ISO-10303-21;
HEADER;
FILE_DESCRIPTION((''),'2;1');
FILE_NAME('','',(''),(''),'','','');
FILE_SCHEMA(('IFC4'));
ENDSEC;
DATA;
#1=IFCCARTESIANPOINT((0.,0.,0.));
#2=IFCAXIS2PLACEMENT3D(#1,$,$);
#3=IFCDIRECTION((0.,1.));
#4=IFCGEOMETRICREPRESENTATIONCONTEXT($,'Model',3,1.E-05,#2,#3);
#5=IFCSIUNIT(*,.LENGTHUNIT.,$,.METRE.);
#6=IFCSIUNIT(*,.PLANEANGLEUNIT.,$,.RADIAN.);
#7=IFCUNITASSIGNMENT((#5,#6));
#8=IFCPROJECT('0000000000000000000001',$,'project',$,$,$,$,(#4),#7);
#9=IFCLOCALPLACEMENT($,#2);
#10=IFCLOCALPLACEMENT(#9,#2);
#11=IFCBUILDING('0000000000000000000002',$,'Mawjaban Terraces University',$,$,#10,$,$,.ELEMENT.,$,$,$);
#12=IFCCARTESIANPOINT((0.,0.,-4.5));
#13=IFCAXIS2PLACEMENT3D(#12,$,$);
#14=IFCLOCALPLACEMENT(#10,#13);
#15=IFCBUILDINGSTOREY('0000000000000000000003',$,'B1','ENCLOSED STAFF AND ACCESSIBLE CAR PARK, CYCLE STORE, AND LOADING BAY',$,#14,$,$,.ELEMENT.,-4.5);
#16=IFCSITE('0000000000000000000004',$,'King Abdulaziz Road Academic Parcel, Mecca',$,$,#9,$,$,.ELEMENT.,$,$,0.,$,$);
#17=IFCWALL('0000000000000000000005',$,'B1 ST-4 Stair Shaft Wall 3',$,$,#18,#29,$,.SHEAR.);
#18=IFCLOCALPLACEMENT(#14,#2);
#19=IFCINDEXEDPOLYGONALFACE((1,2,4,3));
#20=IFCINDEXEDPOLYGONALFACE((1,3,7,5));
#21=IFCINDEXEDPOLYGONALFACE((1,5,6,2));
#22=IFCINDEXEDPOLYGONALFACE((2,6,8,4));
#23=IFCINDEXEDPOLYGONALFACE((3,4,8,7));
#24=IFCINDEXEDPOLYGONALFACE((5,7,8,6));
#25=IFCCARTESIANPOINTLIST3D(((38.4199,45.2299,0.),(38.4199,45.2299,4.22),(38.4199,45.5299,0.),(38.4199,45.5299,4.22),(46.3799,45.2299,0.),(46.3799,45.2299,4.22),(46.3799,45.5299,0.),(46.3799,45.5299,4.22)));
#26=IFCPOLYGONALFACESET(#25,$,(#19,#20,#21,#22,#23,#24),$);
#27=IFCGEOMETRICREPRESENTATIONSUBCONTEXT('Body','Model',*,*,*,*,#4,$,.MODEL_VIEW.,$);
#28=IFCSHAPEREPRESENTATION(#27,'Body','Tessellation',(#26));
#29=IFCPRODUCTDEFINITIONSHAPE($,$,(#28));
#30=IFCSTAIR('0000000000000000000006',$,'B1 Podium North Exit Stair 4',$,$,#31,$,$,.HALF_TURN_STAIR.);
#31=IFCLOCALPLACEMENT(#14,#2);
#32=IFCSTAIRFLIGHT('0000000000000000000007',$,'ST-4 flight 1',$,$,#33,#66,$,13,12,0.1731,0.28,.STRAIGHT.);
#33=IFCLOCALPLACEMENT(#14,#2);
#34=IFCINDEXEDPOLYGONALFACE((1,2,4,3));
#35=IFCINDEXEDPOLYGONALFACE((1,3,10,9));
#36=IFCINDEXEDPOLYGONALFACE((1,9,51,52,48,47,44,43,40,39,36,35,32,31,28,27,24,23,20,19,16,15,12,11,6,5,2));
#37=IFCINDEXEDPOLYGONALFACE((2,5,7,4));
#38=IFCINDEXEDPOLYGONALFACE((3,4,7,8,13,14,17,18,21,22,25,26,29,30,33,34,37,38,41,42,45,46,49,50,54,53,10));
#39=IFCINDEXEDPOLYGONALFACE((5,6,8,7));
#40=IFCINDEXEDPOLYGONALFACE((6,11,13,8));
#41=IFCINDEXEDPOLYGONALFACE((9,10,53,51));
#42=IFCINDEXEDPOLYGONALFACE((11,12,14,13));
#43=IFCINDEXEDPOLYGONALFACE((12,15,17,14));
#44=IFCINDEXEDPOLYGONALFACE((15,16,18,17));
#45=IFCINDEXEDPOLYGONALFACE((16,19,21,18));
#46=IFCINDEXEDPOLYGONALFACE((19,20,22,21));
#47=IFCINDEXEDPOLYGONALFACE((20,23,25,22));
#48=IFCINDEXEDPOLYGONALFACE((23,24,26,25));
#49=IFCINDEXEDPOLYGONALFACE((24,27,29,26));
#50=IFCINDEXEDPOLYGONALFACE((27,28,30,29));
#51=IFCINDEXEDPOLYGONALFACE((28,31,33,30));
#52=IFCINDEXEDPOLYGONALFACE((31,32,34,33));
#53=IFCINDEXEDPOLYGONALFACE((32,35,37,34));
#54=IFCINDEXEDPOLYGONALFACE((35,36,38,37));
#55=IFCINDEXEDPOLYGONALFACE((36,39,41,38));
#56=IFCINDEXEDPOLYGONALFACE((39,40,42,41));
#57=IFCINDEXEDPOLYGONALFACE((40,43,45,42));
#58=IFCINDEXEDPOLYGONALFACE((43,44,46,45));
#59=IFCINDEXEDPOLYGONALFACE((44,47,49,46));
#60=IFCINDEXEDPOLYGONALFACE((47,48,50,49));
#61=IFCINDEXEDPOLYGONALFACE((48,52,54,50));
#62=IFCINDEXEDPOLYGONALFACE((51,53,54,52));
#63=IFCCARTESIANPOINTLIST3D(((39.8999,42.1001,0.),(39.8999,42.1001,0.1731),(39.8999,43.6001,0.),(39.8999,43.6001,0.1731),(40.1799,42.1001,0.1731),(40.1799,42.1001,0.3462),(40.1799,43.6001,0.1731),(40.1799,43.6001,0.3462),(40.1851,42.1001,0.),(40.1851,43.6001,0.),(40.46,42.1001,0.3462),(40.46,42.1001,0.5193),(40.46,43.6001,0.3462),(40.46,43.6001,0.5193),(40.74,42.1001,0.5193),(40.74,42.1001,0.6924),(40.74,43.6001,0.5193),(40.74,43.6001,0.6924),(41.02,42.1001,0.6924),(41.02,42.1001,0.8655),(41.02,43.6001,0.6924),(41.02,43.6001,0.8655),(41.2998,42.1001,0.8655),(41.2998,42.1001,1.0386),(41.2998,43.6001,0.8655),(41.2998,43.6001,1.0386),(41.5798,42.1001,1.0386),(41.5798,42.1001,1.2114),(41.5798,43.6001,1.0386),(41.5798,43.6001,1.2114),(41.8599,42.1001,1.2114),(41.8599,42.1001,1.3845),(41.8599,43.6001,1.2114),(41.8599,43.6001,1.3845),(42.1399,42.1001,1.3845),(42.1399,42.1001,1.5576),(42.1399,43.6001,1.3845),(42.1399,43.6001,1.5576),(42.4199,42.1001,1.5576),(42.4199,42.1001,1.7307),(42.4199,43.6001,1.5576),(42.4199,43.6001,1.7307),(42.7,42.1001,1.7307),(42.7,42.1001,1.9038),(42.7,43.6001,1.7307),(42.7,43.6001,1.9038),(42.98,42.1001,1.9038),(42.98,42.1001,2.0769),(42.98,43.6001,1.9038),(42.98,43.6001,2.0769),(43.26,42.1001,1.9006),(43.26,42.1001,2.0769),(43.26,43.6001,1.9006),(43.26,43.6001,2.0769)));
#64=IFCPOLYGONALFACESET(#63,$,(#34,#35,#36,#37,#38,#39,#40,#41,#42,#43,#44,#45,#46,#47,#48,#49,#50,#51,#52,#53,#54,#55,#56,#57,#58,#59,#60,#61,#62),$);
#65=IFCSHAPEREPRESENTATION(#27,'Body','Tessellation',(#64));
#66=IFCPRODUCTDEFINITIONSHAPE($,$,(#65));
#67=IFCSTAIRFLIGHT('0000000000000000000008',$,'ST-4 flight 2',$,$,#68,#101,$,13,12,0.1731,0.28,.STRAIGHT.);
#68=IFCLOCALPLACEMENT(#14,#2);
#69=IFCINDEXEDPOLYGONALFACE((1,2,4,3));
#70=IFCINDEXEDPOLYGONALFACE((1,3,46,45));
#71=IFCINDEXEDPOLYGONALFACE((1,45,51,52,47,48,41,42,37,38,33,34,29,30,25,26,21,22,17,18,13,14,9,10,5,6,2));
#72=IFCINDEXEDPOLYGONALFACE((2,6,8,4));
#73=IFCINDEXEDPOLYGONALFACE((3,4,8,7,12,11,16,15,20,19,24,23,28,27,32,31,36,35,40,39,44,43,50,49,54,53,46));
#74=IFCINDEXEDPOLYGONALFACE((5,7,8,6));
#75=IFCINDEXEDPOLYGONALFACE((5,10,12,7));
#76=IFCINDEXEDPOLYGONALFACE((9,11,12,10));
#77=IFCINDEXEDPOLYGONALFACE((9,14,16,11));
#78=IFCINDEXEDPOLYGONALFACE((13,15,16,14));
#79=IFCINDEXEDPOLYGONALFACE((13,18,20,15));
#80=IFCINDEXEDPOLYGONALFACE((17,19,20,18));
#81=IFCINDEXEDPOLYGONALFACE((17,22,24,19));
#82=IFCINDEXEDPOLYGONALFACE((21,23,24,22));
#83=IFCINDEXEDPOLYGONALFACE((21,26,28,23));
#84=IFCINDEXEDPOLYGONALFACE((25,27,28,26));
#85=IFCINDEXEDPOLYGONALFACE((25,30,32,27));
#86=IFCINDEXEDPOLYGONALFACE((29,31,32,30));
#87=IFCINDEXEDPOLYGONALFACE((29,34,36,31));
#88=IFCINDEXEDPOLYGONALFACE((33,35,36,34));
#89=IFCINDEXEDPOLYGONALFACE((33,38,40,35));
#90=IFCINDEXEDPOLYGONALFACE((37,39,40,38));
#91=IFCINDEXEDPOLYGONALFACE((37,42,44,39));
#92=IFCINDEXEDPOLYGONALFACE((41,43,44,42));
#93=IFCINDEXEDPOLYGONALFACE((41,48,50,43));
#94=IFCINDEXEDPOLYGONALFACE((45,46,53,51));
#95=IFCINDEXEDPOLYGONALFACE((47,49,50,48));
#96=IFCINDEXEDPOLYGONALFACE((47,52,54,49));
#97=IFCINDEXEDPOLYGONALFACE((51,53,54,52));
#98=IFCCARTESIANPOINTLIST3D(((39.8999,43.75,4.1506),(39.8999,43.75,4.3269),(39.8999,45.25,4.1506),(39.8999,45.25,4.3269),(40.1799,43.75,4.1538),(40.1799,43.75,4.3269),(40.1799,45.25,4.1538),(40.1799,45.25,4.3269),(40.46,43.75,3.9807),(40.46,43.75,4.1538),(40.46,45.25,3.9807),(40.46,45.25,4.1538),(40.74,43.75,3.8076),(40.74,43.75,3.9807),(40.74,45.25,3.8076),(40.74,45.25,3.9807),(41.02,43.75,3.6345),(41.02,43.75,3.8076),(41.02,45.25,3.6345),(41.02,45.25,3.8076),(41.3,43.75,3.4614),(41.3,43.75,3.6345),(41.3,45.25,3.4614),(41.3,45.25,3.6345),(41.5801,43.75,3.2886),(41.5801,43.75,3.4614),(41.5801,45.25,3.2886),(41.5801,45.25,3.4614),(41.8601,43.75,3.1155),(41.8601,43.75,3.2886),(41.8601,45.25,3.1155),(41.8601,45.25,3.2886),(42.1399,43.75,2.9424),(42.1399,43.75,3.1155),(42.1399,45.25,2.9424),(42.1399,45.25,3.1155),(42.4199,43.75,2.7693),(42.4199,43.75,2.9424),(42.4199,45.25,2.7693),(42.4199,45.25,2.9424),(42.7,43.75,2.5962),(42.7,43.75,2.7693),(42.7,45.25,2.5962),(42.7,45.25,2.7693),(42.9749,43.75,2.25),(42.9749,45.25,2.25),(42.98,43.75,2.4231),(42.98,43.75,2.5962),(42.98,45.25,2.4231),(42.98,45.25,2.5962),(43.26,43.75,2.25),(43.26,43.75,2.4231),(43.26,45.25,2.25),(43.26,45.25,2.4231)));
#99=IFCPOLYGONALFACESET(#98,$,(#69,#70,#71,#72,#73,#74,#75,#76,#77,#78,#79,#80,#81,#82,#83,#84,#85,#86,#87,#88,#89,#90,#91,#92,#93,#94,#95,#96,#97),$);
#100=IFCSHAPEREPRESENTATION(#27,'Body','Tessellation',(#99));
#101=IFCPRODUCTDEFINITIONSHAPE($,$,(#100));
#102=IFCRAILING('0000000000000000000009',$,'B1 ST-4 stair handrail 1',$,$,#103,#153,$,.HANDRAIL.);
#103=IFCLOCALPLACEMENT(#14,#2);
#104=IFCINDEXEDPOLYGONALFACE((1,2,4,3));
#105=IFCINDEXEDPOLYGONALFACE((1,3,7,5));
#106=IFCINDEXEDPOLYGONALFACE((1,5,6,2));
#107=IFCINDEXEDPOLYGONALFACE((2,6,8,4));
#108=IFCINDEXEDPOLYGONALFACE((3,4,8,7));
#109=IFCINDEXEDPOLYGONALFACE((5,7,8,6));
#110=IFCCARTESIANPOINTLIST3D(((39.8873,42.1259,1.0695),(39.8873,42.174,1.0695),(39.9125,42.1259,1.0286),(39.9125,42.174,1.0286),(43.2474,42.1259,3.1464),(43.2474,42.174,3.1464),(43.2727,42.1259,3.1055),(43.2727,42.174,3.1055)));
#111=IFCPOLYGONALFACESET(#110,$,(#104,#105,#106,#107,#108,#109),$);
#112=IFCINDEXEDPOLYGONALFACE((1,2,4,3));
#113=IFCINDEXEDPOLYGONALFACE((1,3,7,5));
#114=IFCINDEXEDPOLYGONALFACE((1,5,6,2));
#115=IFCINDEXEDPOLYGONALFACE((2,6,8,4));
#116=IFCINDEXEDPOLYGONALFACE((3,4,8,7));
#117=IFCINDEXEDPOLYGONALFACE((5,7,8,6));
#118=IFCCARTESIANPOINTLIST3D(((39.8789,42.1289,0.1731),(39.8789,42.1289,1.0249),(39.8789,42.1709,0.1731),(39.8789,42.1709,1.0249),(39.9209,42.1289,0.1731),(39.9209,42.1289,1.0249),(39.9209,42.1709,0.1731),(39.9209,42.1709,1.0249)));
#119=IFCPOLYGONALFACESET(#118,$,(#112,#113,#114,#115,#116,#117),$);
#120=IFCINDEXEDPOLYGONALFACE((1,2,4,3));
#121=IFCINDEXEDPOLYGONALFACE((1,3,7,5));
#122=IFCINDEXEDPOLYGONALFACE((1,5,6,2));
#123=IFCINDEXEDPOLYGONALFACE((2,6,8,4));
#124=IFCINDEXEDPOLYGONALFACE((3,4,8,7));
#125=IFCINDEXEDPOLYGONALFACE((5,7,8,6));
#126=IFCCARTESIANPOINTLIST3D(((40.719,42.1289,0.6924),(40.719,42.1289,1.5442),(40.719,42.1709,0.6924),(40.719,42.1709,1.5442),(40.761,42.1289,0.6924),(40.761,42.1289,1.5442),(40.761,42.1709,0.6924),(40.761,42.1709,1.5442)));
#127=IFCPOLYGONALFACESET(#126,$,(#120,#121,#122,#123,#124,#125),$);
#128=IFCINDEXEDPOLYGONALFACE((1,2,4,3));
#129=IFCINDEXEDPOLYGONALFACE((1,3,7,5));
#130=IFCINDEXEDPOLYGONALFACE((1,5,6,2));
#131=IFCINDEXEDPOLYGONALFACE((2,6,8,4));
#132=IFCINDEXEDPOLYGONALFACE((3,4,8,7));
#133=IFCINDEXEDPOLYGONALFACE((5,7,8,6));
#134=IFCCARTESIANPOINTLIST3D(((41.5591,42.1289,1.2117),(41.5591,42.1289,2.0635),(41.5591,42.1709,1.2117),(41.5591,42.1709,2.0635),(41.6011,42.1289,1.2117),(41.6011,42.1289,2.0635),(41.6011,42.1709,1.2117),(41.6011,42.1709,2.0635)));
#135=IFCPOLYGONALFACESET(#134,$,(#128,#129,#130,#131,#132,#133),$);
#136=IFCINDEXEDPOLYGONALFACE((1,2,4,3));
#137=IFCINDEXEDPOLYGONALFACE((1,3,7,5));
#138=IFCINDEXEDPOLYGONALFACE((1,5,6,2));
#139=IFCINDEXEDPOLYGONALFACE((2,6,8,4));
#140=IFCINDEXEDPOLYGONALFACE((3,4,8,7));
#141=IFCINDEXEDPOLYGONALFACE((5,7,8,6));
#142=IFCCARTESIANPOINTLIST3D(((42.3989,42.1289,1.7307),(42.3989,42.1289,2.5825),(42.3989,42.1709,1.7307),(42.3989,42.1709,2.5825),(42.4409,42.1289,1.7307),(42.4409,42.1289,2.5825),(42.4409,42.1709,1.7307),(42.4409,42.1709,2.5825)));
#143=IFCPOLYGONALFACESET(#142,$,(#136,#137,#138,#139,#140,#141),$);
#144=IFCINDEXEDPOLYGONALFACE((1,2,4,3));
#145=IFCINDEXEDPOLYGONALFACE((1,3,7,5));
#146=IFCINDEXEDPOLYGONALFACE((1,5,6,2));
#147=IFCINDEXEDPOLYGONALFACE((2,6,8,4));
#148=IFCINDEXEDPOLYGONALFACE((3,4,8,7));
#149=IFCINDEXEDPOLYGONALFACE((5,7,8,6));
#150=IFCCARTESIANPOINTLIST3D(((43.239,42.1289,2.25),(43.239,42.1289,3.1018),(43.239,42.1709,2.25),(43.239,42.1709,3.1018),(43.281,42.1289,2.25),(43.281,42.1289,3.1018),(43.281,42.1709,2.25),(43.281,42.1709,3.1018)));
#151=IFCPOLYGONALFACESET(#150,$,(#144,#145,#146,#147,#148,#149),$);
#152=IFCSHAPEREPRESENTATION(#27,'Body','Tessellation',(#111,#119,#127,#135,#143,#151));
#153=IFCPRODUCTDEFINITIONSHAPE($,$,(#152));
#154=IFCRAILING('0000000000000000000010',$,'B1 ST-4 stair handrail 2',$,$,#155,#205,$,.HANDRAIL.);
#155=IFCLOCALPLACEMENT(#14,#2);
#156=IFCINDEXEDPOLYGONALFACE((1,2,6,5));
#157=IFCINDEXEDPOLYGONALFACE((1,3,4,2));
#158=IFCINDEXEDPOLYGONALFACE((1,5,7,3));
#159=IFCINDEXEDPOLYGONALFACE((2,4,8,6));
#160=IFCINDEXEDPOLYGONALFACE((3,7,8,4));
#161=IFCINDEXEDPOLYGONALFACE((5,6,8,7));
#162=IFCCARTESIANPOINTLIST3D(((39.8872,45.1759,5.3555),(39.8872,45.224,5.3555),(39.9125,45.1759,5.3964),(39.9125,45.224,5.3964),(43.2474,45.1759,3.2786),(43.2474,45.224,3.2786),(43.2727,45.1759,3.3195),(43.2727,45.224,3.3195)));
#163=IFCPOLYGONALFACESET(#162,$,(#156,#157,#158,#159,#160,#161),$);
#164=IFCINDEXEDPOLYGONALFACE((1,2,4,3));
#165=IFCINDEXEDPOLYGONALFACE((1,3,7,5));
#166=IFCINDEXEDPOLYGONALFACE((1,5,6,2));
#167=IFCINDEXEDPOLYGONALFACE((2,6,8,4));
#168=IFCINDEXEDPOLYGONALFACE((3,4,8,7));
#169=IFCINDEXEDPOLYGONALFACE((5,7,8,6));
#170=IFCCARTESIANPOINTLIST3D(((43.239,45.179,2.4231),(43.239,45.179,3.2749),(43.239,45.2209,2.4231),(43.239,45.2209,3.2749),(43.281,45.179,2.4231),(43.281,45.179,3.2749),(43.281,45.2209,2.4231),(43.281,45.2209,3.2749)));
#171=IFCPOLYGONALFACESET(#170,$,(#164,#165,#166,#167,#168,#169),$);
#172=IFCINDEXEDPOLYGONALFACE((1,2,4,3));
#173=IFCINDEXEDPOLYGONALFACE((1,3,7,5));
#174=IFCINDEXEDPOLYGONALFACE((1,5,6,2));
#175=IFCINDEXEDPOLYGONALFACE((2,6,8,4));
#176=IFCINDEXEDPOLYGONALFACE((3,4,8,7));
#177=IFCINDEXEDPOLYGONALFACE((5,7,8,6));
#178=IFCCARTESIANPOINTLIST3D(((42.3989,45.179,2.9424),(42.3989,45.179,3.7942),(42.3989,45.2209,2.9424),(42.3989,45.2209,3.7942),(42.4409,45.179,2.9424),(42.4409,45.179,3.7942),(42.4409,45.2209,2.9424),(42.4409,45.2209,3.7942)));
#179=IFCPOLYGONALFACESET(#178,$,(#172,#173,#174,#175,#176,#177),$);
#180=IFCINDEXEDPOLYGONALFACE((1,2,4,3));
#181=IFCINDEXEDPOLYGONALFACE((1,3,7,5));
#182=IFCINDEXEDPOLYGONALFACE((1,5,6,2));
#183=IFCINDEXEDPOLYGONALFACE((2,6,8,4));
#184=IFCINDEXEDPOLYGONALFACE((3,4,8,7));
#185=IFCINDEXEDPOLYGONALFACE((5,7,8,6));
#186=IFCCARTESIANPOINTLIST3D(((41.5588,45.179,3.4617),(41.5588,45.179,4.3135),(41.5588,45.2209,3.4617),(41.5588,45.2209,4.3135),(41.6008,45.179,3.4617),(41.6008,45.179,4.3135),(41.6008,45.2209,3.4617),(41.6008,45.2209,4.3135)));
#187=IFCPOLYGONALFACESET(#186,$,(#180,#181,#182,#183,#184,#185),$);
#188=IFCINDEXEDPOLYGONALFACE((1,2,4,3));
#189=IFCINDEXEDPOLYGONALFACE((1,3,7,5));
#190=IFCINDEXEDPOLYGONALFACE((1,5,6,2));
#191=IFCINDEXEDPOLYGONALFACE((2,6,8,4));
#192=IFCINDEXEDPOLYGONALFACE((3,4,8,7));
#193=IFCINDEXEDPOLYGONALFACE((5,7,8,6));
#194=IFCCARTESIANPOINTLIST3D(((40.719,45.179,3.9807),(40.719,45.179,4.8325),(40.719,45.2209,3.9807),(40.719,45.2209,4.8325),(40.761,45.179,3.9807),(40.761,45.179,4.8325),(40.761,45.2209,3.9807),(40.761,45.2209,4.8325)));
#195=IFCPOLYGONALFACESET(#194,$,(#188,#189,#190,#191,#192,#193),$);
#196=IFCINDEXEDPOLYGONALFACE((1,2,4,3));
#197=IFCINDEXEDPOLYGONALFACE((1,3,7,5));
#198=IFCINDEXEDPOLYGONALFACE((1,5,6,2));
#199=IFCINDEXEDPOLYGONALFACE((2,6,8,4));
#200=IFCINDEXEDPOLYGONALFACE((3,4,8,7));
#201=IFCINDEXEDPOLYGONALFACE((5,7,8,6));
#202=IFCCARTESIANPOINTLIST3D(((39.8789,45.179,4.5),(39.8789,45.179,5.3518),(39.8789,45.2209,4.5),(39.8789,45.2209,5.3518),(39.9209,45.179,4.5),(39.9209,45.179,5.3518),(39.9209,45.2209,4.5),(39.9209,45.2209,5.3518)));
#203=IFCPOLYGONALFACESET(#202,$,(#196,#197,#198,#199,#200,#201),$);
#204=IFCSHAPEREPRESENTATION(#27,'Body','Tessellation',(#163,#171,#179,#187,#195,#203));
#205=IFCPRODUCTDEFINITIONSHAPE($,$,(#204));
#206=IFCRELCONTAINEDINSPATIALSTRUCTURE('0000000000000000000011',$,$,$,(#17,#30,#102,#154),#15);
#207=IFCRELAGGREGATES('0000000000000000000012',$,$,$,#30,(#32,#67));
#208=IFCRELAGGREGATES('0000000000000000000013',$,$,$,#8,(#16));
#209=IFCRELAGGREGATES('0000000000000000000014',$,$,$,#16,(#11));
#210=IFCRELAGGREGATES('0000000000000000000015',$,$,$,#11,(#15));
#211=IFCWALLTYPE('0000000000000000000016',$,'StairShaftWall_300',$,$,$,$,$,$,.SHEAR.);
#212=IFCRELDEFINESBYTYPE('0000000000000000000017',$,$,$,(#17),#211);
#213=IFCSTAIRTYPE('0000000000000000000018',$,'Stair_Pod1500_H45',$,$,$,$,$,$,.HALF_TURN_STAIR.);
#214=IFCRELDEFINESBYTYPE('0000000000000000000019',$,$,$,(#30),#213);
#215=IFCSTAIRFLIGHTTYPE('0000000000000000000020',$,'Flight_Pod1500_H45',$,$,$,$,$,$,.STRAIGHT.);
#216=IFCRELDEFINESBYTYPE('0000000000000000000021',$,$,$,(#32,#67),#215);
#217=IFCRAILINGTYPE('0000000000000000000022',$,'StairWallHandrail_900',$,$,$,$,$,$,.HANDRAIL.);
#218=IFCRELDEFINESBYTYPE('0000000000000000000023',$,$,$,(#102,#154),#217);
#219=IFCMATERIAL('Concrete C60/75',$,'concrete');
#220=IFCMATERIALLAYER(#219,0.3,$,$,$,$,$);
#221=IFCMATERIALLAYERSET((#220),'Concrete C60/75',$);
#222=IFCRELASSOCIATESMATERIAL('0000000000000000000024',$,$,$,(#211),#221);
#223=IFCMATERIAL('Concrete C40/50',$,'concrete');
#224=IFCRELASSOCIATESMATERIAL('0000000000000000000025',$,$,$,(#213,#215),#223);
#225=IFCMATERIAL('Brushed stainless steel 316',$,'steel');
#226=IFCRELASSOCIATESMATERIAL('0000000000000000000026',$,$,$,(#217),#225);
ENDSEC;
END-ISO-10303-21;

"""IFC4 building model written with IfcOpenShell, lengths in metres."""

from ifc_helpers import new_model, si_unit, direction, frame, frame_2d, origin, origin_2d, place, context, subcontext, project, spatial, polyline, rectangle, outline, extrude, material, layer, layer_set, type_object, element, aggregate, save


model = new_model("IFC4")

# Units and contexts
model_context = context("Model", 3, precision=1e-05, world=origin(), true_north=direction((0.0, 1.0)))
body_context = subcontext(model_context, "Body", "Model", "MODEL_VIEW")
ifc_project = project(units=[si_unit("LENGTHUNIT", "METRE"), si_unit("PLANEANGLEUNIT", "RADIAN")], contexts=[model_context])

# Site, building, storey
site_placement = place(None, origin())
site = spatial("IfcSite", under=ifc_project, at=site_placement, Name="King Abdulaziz Road Academic Parcel, Mecca", CompositionType="ELEMENT", RefElevation=0.0)
building_placement = place(site_placement, origin())
building = spatial("IfcBuilding", under=site, at=building_placement, Name="Mawjaban Terraces University", CompositionType="ELEMENT")
storey_placement = place(building_placement, frame((0.0, 0.0, -4.5)))
storey = spatial("IfcBuildingStorey", under=building, at=storey_placement, Name="B1", Description="ENCLOSED STAFF AND ACCESSIBLE CAR PARK, CYCLE STORE, AND LOADING BAY", CompositionType="ELEMENT", Elevation=-4.5)

# Shared definitions
ifc_material_1 = material(Name="Concrete C40/50", Category="concrete")

# Wall
ifc_material_2 = material(Name="Concrete C60/75", Category="concrete")
ifc_layer_1 = layer(ifc_material_2, 0.3)
ifc_layer_set_1 = layer_set([ifc_layer_1], Name="Concrete C60/75")
wall_type_1 = type_object("IfcWallType", Name="StairShaftWall_300", PredefinedType="SHEAR", material=ifc_layer_set_1)
wall_1_placement = place(storey_placement, frame((46.3799, 45.3799, 0.0), z_axis=(0.0, 0.0, 1.0), x_axis=(-1.0, 0.0, 0.0)))
element("IfcWall", 1, at=wall_1_placement, inside=storey, type_object=wall_type_1, Name="B1 ST-4 Stair Shaft Wall 3", PredefinedType="SHEAR", context=body_context, shape_type="SweptSolid", body=[
    extrude(rectangle(XDim=7.96, YDim=0.3, at=frame_2d((3.98, 0.0))), origin(), (0.0, 0.0, 1.0), 4.22),
])

# Stair, stair flights
stair_type = type_object("IfcStairType", Name="Stair_Pod1500_H45", PredefinedType="HALF_TURN_STAIR", material=ifc_material_1)
stair_placement = place(storey_placement, origin())
stair = element("IfcStair", 2, at=stair_placement, inside=storey, type_object=stair_type, Name="B1 Podium North Exit Stair 4", PredefinedType="HALF_TURN_STAIR")
stair_flight_type = type_object("IfcStairFlightType", Name="Flight_Pod1500_H45", PredefinedType="STRAIGHT", material=ifc_material_1)
stair_flight_1_placement = place(storey_placement, frame((39.8999, 42.8501, 0.0), z_axis=(0.0, 0.0, 1.0), x_axis=(1.0, 0.0, 0.0)))
stair_flight_1 = element("IfcStairFlight", 3, at=stair_flight_1_placement, type_object=stair_flight_type, Name="ST-4 flight 1", NumberOfRisers=13, NumberOfTreads=12, PredefinedType="STRAIGHT", RiserHeight=0.1731, TreadLength=0.28, context=body_context, shape_type="SweptSolid", body=[
    extrude(outline(polyline([(0.0, 0.0), (0.0, 0.1731), (0.28, 0.1731), (0.28, 0.3462), (0.5601, 0.3462), (0.5601, 0.5193), (0.8401, 0.5193), (0.8401, 0.6924), (1.1201, 0.6924), (1.1201, 0.8655), (1.3999, 0.8655), (1.3999, 1.0386), (1.6799, 1.0386), (1.6799, 1.2114), (1.96, 1.2114), (1.96, 1.3845), (2.24, 1.3845), (2.24, 1.5576), (2.52, 1.5576), (2.52, 1.7307), (2.8, 1.7307), (2.8, 1.9038), (3.0801, 1.9038), (3.0801, 2.0769), (3.3601, 2.0769), (3.3601, 2.25), (3.3601, 1.9006), (0.2852, 0.0), (0.0, 0.0)])), frame((0.0, 0.75, 0.0), z_axis=(0.0, -1.0, 0.0), x_axis=(1.0, 0.0, 0.0)), (0.0, 0.0, 1.0), 1.5),
])
stair_flight_2_placement = place(storey_placement, frame((43.26, 44.5, 2.25), z_axis=(0.0, 0.0, 1.0), x_axis=(-1.0, 0.0, 0.0)))
stair_flight_2 = element("IfcStairFlight", 4, at=stair_flight_2_placement, type_object=stair_flight_type, Name="ST-4 flight 2", NumberOfRisers=13, NumberOfTreads=12, PredefinedType="STRAIGHT", RiserHeight=0.1731, TreadLength=0.28, context=body_context, shape_type="SweptSolid", body=[
    extrude(outline(polyline([(0.0, 0.0), (0.0, 0.1731), (0.28, 0.1731), (0.28, 0.3462), (0.5601, 0.3462), (0.5601, 0.5193), (0.8401, 0.5193), (0.8401, 0.6924), (1.1201, 0.6924), (1.1201, 0.8655), (1.3999, 0.8655), (1.3999, 1.0386), (1.6799, 1.0386), (1.6799, 1.2114), (1.96, 1.2114), (1.96, 1.3845), (2.24, 1.3845), (2.24, 1.5576), (2.52, 1.5576), (2.52, 1.7307), (2.8, 1.7307), (2.8, 1.9038), (3.0801, 1.9038), (3.0801, 2.0769), (3.3601, 2.0769), (3.3601, 2.25), (3.3601, 1.9006), (0.2852, 0.0), (0.0, 0.0)])), frame((0.0, 0.75, 0.0), z_axis=(0.0, -1.0, 0.0), x_axis=(1.0, 0.0, 0.0)), (0.0, 0.0, 1.0), 1.5),
])
aggregate(stair, [stair_flight_1, stair_flight_2])

# Railings
ifc_material_3 = material(Name="Brushed stainless steel 316", Category="steel")
railing_type_1 = type_object("IfcRailingType", Name="StairWallHandrail_900", PredefinedType="HANDRAIL", material=ifc_material_3)
railing_1_placement = place(storey_placement, frame((39.8999, 42.1499, 0.1731)))
element("IfcRailing", 5, at=railing_1_placement, inside=storey, type_object=railing_type_1, Name="B1 ST-4 stair handrail 1", PredefinedType="HANDRAIL", context=body_context, shape_type="SweptSolid", body=[
    extrude(rectangle(XDim=0.0481, YDim=0.0481, at=origin_2d()), frame((0.0, 0.0, 0.876), z_axis=(0.850623, 0.0, 0.525776), x_axis=(0.0, 1.0, 0.0)), (0.0, 0.0, 1.0), 3.9502),
    extrude(rectangle(XDim=0.042, YDim=0.042, at=origin_2d()), origin(), (0.0, 0.0, 1.0), 0.8518),
    extrude(rectangle(XDim=0.042, YDim=0.042, at=origin_2d()), frame((0.8401, 0.0, 0.5193)), (0.0, 0.0, 1.0), 0.8518),
    extrude(rectangle(XDim=0.042, YDim=0.042, at=origin_2d()), frame((1.6802, 0.0, 1.0386)), (0.0, 0.0, 1.0), 0.8518),
    extrude(rectangle(XDim=0.042, YDim=0.042, at=origin_2d()), frame((2.52, 0.0, 1.5576)), (0.0, 0.0, 1.0), 0.8518),
    extrude(rectangle(XDim=0.042, YDim=0.042, at=origin_2d()), frame((3.3601, 0.0, 2.0769)), (0.0, 0.0, 1.0), 0.8518),
])
railing_2_placement = place(storey_placement, frame((43.26, 45.2, 2.4231)))
element("IfcRailing", 6, at=railing_2_placement, inside=storey, type_object=railing_type_1, Name="B1 ST-4 stair handrail 2", PredefinedType="HANDRAIL", context=body_context, shape_type="SweptSolid", body=[
    extrude(rectangle(XDim=0.0481, YDim=0.0481, at=origin_2d()), frame((0.0, 0.0, 0.876), z_axis=(-0.850623, 0.0, 0.525776), x_axis=(0.0, -1.0, 0.0)), (0.0, 0.0, 1.0), 3.9502),
    extrude(rectangle(XDim=0.042, YDim=0.042, at=origin_2d()), origin(), (0.0, 0.0, 1.0), 0.8518),
    extrude(rectangle(XDim=0.042, YDim=0.042, at=origin_2d()), frame((-0.8401, 0.0, 0.5193)), (0.0, 0.0, 1.0), 0.8518),
    extrude(rectangle(XDim=0.042, YDim=0.042, at=origin_2d()), frame((-1.6802, 0.0, 1.0386)), (0.0, 0.0, 1.0), 0.8518),
    extrude(rectangle(XDim=0.042, YDim=0.042, at=origin_2d()), frame((-2.52, 0.0, 1.5576)), (0.0, 0.0, 1.0), 0.8518),
    extrude(rectangle(XDim=0.042, YDim=0.042, at=origin_2d()), frame((-3.3601, 0.0, 2.0769)), (0.0, 0.0, 1.0), 0.8518),
])

save(model, "model.ifc")
